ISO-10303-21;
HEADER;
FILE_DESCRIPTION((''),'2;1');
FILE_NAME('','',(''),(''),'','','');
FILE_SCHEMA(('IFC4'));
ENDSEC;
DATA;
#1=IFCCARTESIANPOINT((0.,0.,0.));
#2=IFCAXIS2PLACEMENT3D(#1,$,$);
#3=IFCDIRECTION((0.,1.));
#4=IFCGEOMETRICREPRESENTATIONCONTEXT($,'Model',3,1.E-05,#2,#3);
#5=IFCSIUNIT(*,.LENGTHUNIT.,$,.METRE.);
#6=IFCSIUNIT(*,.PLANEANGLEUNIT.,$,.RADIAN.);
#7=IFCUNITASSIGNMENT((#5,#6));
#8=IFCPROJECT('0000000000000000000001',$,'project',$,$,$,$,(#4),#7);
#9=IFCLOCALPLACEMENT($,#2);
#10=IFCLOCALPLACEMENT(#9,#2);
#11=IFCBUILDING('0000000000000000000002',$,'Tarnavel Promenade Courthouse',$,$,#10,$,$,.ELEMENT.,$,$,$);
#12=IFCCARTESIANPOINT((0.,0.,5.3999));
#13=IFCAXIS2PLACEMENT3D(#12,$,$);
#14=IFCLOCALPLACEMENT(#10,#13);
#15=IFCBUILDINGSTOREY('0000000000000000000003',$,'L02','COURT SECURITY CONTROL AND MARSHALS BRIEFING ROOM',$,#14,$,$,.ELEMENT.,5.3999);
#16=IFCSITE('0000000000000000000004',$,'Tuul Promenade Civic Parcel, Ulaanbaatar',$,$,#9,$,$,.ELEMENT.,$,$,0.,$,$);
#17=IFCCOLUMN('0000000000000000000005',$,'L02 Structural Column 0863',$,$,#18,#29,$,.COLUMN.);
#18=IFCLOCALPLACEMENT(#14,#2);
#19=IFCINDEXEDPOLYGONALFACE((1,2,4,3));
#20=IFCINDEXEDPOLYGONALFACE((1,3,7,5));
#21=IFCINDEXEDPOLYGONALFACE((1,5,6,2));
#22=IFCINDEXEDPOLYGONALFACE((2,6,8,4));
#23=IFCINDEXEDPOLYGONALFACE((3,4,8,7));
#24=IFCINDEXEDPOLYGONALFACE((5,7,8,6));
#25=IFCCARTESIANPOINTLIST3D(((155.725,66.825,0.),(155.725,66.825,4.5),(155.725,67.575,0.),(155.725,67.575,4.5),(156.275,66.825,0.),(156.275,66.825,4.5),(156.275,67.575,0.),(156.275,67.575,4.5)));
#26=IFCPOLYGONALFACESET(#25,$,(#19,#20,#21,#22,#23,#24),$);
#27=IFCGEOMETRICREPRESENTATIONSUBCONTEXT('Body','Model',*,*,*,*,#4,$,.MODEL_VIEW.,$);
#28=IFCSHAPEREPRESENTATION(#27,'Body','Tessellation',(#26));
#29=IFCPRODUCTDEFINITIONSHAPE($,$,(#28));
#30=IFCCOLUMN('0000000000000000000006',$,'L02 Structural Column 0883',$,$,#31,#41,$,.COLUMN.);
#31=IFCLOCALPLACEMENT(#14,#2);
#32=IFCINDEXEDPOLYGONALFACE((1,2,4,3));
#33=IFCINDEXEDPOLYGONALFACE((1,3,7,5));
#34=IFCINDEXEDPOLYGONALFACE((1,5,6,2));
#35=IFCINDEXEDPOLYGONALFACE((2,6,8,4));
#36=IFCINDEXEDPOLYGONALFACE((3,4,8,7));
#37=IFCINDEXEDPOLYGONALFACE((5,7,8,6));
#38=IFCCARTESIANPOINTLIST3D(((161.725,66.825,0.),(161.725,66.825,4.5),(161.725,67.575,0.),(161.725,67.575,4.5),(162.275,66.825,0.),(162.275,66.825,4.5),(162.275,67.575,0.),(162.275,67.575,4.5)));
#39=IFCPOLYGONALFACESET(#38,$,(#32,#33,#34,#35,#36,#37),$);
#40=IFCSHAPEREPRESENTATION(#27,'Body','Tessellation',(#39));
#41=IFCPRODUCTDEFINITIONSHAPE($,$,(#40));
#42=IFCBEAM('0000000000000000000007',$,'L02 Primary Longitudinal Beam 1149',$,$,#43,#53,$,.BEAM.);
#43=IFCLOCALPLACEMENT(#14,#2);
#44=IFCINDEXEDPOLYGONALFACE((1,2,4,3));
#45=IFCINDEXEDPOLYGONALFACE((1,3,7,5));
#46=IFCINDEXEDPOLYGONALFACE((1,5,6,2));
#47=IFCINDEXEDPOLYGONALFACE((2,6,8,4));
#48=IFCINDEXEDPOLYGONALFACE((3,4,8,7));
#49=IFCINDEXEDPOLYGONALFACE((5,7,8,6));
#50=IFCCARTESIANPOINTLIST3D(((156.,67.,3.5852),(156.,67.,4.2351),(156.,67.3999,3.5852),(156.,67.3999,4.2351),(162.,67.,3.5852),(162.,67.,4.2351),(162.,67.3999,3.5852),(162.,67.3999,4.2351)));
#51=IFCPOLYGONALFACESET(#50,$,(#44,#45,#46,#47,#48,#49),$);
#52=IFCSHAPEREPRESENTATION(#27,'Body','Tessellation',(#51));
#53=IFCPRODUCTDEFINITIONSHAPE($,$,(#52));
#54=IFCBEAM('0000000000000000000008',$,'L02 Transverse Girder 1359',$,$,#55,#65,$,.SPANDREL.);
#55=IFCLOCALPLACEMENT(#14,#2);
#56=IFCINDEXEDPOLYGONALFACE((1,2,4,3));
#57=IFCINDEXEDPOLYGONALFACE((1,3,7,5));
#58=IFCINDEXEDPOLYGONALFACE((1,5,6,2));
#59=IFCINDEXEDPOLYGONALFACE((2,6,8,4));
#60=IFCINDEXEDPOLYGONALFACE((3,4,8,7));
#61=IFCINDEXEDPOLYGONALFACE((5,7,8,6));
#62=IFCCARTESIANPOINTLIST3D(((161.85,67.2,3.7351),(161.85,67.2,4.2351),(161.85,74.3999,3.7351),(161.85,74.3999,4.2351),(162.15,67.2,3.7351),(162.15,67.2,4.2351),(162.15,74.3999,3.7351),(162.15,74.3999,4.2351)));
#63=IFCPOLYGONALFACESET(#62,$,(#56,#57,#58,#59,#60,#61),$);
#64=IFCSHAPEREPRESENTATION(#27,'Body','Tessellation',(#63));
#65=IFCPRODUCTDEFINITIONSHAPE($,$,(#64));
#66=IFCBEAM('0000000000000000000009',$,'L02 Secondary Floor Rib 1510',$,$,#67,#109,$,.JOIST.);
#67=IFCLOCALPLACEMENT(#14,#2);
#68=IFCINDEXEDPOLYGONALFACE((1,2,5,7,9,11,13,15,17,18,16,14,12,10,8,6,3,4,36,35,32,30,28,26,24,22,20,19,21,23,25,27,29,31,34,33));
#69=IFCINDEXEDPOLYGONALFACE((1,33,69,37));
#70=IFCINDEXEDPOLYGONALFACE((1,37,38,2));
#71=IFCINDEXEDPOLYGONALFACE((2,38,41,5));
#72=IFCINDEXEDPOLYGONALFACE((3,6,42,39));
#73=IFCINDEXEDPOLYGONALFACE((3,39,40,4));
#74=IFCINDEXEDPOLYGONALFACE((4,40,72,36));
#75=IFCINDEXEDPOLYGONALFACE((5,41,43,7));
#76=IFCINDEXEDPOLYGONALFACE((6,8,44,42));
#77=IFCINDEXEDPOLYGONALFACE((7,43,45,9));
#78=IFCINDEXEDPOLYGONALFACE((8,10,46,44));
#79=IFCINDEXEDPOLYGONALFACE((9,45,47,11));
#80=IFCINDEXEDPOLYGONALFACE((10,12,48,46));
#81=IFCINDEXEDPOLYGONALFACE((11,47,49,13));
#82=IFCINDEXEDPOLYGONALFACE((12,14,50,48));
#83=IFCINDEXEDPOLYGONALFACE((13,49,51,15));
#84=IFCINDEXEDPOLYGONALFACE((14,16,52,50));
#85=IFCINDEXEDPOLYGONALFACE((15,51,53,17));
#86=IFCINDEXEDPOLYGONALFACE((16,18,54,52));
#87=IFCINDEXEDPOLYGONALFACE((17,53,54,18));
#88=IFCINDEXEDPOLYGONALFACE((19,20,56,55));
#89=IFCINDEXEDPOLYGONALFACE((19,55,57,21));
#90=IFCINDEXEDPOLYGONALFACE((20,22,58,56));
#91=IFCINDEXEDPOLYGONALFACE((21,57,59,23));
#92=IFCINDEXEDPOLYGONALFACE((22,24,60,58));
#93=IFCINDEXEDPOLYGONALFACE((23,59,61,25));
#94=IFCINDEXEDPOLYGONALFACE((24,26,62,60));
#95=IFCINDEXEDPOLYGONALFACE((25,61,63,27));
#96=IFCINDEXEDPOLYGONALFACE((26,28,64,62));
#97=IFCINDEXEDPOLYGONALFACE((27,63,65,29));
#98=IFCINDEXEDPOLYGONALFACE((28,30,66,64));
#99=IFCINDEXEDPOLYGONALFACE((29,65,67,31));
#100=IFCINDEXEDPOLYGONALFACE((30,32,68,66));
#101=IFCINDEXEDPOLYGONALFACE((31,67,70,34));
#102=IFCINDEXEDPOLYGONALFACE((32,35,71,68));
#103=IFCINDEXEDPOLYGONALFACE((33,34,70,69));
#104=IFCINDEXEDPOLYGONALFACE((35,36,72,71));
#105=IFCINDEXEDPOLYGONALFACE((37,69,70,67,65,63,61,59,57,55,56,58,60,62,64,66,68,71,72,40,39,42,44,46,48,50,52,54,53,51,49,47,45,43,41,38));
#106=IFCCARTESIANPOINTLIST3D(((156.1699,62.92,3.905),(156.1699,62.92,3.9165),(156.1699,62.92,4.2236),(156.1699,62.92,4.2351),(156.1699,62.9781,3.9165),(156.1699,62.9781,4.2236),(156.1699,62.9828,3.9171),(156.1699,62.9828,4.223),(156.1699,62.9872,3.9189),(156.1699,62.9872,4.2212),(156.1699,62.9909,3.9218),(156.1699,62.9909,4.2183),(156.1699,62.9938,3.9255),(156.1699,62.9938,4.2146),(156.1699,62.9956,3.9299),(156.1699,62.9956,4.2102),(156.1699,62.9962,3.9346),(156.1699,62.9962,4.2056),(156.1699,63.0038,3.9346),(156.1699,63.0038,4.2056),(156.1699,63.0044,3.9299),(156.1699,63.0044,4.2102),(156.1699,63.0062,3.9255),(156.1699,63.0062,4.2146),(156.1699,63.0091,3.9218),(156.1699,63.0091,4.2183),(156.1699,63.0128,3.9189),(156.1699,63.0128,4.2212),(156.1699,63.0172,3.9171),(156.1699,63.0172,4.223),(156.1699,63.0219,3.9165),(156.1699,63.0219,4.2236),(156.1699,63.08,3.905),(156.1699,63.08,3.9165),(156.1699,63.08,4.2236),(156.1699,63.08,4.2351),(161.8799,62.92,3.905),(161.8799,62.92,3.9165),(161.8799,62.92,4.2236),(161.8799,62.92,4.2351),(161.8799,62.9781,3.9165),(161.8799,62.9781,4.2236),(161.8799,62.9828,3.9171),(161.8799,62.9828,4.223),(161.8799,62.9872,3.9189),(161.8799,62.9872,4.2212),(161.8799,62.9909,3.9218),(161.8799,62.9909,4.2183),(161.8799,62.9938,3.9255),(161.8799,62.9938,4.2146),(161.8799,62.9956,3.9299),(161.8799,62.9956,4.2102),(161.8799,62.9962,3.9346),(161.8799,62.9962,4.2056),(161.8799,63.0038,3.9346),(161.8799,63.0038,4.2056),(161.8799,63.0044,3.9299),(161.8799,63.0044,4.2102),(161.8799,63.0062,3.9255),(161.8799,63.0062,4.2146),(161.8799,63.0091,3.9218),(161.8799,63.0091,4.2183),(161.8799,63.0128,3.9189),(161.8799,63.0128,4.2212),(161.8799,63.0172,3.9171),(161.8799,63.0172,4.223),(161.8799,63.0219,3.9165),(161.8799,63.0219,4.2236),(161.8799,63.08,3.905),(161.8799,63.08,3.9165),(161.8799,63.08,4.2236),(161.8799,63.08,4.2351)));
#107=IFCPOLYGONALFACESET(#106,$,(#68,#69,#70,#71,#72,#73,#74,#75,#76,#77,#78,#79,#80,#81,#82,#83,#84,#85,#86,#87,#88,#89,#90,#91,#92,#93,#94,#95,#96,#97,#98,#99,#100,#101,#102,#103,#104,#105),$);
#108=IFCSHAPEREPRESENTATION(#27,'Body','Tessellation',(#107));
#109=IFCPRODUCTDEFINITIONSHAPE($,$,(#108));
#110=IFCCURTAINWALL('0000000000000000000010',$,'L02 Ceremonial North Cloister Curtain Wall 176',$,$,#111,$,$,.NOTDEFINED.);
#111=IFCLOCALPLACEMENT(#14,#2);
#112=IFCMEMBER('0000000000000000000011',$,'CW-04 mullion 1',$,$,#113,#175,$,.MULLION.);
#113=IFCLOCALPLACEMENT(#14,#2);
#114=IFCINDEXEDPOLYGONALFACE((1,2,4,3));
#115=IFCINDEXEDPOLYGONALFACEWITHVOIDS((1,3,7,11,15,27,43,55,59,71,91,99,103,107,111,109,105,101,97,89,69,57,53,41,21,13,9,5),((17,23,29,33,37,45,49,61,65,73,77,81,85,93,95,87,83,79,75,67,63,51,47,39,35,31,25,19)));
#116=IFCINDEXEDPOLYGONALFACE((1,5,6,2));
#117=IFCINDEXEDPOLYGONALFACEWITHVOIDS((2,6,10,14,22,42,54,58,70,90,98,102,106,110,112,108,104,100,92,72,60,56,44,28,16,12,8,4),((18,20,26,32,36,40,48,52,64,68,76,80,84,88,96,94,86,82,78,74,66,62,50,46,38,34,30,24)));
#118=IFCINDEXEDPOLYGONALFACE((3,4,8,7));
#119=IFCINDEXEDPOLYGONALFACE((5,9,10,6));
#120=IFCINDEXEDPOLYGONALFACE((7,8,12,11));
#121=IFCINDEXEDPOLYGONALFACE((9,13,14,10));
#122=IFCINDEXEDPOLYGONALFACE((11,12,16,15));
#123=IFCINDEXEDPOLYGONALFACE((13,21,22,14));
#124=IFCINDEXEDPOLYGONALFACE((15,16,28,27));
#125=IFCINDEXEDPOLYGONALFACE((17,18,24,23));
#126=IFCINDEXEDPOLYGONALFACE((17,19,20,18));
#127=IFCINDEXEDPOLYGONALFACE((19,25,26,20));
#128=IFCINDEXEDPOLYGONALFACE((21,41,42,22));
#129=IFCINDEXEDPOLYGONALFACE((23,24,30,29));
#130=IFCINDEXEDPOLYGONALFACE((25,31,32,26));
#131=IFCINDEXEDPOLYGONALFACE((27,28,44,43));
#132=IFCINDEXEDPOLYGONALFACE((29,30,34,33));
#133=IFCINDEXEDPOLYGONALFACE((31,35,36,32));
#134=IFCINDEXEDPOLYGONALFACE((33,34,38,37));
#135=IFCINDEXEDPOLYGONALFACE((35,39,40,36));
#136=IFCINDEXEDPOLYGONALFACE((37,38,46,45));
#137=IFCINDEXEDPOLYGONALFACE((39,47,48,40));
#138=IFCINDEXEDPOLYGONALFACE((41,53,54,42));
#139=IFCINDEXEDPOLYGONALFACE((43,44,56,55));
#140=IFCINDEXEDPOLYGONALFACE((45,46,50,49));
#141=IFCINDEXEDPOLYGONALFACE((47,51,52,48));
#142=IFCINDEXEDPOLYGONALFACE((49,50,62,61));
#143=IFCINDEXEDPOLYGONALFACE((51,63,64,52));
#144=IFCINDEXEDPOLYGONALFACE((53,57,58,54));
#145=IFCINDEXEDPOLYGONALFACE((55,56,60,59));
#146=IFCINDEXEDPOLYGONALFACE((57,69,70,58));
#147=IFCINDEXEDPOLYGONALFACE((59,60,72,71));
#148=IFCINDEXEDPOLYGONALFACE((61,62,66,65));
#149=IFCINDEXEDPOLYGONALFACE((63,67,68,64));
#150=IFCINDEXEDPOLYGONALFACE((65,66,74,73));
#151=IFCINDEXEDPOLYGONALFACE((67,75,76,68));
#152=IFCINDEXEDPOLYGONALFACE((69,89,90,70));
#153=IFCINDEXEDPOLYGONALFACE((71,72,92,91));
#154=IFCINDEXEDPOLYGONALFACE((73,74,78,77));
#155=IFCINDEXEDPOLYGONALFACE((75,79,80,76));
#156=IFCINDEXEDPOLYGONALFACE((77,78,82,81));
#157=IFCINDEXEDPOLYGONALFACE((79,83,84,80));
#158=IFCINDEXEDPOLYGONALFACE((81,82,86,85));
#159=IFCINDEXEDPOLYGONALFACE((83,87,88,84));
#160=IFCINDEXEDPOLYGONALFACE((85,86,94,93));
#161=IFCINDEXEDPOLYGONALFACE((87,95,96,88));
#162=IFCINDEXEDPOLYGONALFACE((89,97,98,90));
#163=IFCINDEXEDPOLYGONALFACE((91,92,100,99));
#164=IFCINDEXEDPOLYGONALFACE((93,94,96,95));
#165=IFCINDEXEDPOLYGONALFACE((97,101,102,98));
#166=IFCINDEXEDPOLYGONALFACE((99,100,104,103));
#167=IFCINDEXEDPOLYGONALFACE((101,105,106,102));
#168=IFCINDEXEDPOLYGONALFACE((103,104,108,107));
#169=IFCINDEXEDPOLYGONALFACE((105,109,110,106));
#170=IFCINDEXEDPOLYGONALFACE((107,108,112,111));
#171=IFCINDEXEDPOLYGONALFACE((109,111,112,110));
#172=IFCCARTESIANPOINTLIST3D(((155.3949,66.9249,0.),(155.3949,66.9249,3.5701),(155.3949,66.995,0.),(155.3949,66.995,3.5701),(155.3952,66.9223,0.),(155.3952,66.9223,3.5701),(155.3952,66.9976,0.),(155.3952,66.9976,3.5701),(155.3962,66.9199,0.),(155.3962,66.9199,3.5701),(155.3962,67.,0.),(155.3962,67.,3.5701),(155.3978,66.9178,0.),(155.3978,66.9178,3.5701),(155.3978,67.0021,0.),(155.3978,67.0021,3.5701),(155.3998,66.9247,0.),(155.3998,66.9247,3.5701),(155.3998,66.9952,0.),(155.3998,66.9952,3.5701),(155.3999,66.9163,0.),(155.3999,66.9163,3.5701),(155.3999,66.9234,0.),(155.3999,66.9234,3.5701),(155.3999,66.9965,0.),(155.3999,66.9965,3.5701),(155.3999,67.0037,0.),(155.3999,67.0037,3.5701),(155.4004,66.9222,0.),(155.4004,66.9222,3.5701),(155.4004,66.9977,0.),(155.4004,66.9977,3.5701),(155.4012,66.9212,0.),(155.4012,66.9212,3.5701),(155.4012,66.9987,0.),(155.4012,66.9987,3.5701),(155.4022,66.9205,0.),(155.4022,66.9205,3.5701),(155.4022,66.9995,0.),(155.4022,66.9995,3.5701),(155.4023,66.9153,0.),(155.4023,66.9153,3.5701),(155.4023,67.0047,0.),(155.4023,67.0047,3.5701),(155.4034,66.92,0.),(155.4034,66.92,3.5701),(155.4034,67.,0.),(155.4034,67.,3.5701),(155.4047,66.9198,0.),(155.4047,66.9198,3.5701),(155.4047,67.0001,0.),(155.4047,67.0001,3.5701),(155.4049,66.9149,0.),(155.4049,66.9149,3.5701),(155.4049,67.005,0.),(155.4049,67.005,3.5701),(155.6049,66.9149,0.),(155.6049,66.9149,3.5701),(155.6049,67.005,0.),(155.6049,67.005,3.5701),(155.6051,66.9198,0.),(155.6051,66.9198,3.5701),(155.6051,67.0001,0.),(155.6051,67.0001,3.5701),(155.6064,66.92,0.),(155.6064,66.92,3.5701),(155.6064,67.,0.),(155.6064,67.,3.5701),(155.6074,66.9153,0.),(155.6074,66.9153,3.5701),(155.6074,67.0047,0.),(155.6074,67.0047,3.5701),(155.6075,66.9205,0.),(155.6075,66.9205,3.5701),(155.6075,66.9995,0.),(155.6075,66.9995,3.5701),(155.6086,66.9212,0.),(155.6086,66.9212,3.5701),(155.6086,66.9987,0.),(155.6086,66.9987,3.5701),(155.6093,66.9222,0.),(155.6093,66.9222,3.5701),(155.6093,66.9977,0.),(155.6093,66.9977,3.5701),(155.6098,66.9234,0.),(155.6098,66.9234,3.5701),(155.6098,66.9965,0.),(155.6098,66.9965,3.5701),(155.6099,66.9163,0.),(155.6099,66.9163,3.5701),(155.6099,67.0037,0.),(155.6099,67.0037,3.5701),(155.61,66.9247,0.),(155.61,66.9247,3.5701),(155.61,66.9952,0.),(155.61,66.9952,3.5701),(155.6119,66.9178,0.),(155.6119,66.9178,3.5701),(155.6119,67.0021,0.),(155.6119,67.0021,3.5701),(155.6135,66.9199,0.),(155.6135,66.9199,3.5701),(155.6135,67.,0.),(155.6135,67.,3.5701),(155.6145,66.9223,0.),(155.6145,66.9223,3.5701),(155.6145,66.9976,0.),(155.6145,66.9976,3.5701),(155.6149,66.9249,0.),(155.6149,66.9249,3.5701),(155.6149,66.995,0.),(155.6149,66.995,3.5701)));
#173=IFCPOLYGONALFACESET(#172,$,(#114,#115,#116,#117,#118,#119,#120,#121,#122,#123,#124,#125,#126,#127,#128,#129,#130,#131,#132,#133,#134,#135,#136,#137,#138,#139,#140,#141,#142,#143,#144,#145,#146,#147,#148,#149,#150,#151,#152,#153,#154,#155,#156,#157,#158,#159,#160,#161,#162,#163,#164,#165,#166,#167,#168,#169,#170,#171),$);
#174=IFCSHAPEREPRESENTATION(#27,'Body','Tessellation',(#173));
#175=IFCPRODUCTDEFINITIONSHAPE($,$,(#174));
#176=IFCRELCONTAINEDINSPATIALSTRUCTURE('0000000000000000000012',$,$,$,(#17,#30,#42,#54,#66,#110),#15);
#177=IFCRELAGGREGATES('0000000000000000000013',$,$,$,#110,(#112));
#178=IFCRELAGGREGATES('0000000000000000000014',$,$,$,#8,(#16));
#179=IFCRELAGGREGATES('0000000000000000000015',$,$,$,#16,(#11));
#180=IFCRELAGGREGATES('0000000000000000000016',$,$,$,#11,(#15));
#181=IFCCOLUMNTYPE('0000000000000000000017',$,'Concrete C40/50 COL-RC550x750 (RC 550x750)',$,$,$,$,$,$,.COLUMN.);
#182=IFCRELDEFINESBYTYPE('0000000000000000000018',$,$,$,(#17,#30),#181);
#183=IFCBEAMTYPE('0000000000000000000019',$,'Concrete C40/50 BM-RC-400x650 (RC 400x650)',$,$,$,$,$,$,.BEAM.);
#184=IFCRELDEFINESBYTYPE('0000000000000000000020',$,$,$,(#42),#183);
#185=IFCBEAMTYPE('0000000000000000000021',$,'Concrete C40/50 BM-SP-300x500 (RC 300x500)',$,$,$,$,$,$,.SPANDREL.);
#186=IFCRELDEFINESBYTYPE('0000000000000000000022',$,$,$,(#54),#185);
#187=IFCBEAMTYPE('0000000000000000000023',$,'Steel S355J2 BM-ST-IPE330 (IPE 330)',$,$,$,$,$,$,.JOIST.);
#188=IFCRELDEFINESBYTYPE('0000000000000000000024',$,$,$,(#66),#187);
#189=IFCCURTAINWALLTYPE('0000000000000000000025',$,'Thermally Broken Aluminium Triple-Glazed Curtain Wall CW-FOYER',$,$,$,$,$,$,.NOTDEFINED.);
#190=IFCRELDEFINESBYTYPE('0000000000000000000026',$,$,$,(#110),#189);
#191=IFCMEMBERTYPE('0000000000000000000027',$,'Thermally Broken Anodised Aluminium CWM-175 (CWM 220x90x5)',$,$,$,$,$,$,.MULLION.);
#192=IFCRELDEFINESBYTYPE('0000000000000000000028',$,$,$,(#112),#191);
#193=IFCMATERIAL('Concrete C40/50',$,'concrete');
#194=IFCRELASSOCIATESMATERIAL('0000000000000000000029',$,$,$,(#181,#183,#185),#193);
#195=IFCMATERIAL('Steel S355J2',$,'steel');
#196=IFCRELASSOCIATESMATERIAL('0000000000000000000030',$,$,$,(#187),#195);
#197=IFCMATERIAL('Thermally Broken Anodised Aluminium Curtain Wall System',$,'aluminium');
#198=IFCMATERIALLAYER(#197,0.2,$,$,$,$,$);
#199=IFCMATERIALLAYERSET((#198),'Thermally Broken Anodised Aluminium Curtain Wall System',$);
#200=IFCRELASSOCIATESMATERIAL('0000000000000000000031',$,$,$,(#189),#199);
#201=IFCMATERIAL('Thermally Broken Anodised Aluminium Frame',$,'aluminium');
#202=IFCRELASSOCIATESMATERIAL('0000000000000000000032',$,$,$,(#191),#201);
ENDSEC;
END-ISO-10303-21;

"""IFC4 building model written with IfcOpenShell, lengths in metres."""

from ifc_helpers import new_model, si_unit, direction, frame, origin, origin_2d, place, context, subcontext, project, spatial, rectangle, hollow_rectangle, i_section, extrude, material, layer, layer_set, material_profile, profile_set, type_object, element, aggregate, save


model = new_model("IFC4")

# Units and contexts
model_context = context("Model", 3, precision=1e-05, world=origin(), true_north=direction((0.0, 1.0)))
body_context = subcontext(model_context, "Body", "Model", "MODEL_VIEW")
ifc_project = project(units=[si_unit("LENGTHUNIT", "METRE"), si_unit("PLANEANGLEUNIT", "RADIAN")], contexts=[model_context])

# Site, building, storey
site_placement = place(None, origin())
site = spatial("IfcSite", under=ifc_project, at=site_placement, Name="Tuul Promenade Civic Parcel, Ulaanbaatar", CompositionType="ELEMENT", RefElevation=0.0)
building_placement = place(site_placement, origin())
building = spatial("IfcBuilding", under=site, at=building_placement, Name="Tarnavel Promenade Courthouse", CompositionType="ELEMENT")
storey_placement = place(building_placement, frame((0.0, 0.0, 5.3999)))
storey = spatial("IfcBuildingStorey", under=building, at=storey_placement, Name="L02", Description="COURT SECURITY CONTROL AND MARSHALS BRIEFING ROOM", CompositionType="ELEMENT", Elevation=5.3999)

# Columns
ifc_material_1 = material(Name="Concrete C40/50", Category="concrete")
ifc_material_profile_1 = material_profile(ifc_material_1, rectangle(XDim=0.55, YDim=0.75, at=origin_2d()), Name="RC 550x750")
ifc_profile_set_1 = profile_set([ifc_material_profile_1], Name="Concrete C40/50")
column_type = type_object("IfcColumnType", Name="Concrete C40/50 COL-RC550x750 (RC 550x750)", PredefinedType="COLUMN", material=ifc_profile_set_1)
for number, where, z_axis, x_axis, name in (
    (1, (156.0, 67.2, 0.0), (0.0, 0.0, 1.0), (1.0, 0.0, 0.0), "L02 Structural Column 0863"),
    (2, (162.0, 67.2, 0.0), (0.0, 0.0, 1.0), (1.0, 0.0, 0.0), "L02 Structural Column 0883"),
):
    element("IfcColumn", number, at=place(storey_placement, frame(where, z_axis=z_axis, x_axis=x_axis)), inside=storey, type_object=column_type, Name=name, PredefinedType="COLUMN", context=body_context, shape_type="SweptSolid", body=[
        extrude(rectangle(XDim=0.55, YDim=0.75, at=origin_2d()), origin(), (0.0, 0.0, 1.0), 4.5),
    ])

# Beams
ifc_material_profile_2 = material_profile(ifc_material_1, rectangle(XDim=0.3999, YDim=0.6499, at=origin_2d()), Name="RC 400x650")
ifc_profile_set_2 = profile_set([ifc_material_profile_2], Name="Concrete C40/50")
beam_type_1 = type_object("IfcBeamType", Name="Concrete C40/50 BM-RC-400x650 (RC 400x650)", PredefinedType="BEAM", material=ifc_profile_set_2)
beam_1_placement = place(storey_placement, frame((156.0, 67.2, 3.9102), z_axis=(1.0, 0.0, 0.0), x_axis=(0.0, 1.0, 0.0)))
element("IfcBeam", 3, at=beam_1_placement, inside=storey, type_object=beam_type_1, Name="L02 Primary Longitudinal Beam 1149", PredefinedType="BEAM", context=body_context, shape_type="SweptSolid", body=[
    extrude(rectangle(XDim=0.3999, YDim=0.6499, at=origin_2d()), origin(), (0.0, 0.0, 1.0), 6.0),
])
ifc_material_profile_3 = material_profile(ifc_material_1, rectangle(XDim=0.3, YDim=0.5, at=origin_2d()), Name="RC 300x500")
ifc_profile_set_3 = profile_set([ifc_material_profile_3], Name="Concrete C40/50")
beam_type_2 = type_object("IfcBeamType", Name="Concrete C40/50 BM-SP-300x500 (RC 300x500)", PredefinedType="SPANDREL", material=ifc_profile_set_3)
beam_2_placement = place(storey_placement, frame((162.0, 67.2, 3.9851), z_axis=(0.0, 1.0, 0.0), x_axis=(-1.0, 0.0, 0.0)))
element("IfcBeam", 4, at=beam_2_placement, inside=storey, type_object=beam_type_2, Name="L02 Transverse Girder 1359", PredefinedType="SPANDREL", context=body_context, shape_type="SweptSolid", body=[
    extrude(rectangle(XDim=0.3, YDim=0.5, at=origin_2d()), origin(), (0.0, 0.0, 1.0), 7.2),
])
ifc_material_2 = material(Name="Steel S355J2", Category="steel")
ifc_material_profile_4 = material_profile(ifc_material_2, i_section(OverallWidth=0.1599, OverallDepth=0.3301, WebThickness=0.0076, FlangeThickness=0.0115, FilletRadius=0.0181, at=origin_2d()), Name="IPE 330")
ifc_profile_set_4 = profile_set([ifc_material_profile_4], Name="Steel S355J2")
beam_type_3 = type_object("IfcBeamType", Name="Steel S355J2 BM-ST-IPE330 (IPE 330)", PredefinedType="JOIST", material=ifc_profile_set_4)
beam_3_placement = place(storey_placement, frame((156.1699, 63.0, 4.0701), z_axis=(1.0, 0.0, 0.0), x_axis=(0.0, 1.0, 0.0)))
element("IfcBeam", 5, at=beam_3_placement, inside=storey, type_object=beam_type_3, Name="L02 Secondary Floor Rib 1510", PredefinedType="JOIST", context=body_context, shape_type="SweptSolid", body=[
    extrude(i_section(OverallWidth=0.1599, OverallDepth=0.3301, WebThickness=0.0076, FlangeThickness=0.0115, FilletRadius=0.0181, at=origin_2d()), origin(), (0.0, 0.0, 1.0), 5.71),
])

# Curtain wall, member
ifc_material_3 = material(Name="Thermally Broken Anodised Aluminium Curtain Wall System", Category="aluminium")
ifc_layer_1 = layer(ifc_material_3, 0.2)
ifc_layer_set_1 = layer_set([ifc_layer_1], Name="Thermally Broken Anodised Aluminium Curtain Wall System")
curtain_wall_type = type_object("IfcCurtainWallType", Name="Thermally Broken Aluminium Triple-Glazed Curtain Wall CW-FOYER", PredefinedType="NOTDEFINED", material=ifc_layer_set_1)
curtain_wall_placement = place(storey_placement, origin())
curtain_wall = element("IfcCurtainWall", 6, at=curtain_wall_placement, inside=storey, type_object=curtain_wall_type, Name="L02 Ceremonial North Cloister Curtain Wall 176", PredefinedType="NOTDEFINED")
ifc_material_4 = material(Name="Thermally Broken Anodised Aluminium Frame", Category="aluminium")
ifc_material_profile_5 = material_profile(ifc_material_4, hollow_rectangle(XDim=0.0901, YDim=0.22, WallThickness=0.0049, InnerFilletRadius=0.0049, OuterFilletRadius=0.01, at=origin_2d()), Name="CWM 220x90x5")
ifc_profile_set_5 = profile_set([ifc_material_profile_5], Name="Thermally Broken Anodised Aluminium Frame")
member_type_1 = type_object("IfcMemberType", Name="Thermally Broken Anodised Aluminium CWM-175 (CWM 220x90x5)", PredefinedType="MULLION", material=ifc_profile_set_5)
member_1_placement = place(storey_placement, frame((155.5049, 66.96, 0.0), z_axis=(0.0, 0.0, 1.0), x_axis=(0.0, -1.0, 0.0)))
member_1 = element("IfcMember", 7, at=member_1_placement, type_object=member_type_1, Name="CW-04 mullion 1", PredefinedType="MULLION", context=body_context, shape_type="SweptSolid", body=[
    extrude(hollow_rectangle(XDim=0.0901, YDim=0.22, WallThickness=0.0049, InnerFilletRadius=0.0049, OuterFilletRadius=0.01, at=origin_2d()), origin(), (0.0, 0.0, 1.0), 3.5701),
])
aggregate(curtain_wall, [member_1])

save(model, "model.ifc")
